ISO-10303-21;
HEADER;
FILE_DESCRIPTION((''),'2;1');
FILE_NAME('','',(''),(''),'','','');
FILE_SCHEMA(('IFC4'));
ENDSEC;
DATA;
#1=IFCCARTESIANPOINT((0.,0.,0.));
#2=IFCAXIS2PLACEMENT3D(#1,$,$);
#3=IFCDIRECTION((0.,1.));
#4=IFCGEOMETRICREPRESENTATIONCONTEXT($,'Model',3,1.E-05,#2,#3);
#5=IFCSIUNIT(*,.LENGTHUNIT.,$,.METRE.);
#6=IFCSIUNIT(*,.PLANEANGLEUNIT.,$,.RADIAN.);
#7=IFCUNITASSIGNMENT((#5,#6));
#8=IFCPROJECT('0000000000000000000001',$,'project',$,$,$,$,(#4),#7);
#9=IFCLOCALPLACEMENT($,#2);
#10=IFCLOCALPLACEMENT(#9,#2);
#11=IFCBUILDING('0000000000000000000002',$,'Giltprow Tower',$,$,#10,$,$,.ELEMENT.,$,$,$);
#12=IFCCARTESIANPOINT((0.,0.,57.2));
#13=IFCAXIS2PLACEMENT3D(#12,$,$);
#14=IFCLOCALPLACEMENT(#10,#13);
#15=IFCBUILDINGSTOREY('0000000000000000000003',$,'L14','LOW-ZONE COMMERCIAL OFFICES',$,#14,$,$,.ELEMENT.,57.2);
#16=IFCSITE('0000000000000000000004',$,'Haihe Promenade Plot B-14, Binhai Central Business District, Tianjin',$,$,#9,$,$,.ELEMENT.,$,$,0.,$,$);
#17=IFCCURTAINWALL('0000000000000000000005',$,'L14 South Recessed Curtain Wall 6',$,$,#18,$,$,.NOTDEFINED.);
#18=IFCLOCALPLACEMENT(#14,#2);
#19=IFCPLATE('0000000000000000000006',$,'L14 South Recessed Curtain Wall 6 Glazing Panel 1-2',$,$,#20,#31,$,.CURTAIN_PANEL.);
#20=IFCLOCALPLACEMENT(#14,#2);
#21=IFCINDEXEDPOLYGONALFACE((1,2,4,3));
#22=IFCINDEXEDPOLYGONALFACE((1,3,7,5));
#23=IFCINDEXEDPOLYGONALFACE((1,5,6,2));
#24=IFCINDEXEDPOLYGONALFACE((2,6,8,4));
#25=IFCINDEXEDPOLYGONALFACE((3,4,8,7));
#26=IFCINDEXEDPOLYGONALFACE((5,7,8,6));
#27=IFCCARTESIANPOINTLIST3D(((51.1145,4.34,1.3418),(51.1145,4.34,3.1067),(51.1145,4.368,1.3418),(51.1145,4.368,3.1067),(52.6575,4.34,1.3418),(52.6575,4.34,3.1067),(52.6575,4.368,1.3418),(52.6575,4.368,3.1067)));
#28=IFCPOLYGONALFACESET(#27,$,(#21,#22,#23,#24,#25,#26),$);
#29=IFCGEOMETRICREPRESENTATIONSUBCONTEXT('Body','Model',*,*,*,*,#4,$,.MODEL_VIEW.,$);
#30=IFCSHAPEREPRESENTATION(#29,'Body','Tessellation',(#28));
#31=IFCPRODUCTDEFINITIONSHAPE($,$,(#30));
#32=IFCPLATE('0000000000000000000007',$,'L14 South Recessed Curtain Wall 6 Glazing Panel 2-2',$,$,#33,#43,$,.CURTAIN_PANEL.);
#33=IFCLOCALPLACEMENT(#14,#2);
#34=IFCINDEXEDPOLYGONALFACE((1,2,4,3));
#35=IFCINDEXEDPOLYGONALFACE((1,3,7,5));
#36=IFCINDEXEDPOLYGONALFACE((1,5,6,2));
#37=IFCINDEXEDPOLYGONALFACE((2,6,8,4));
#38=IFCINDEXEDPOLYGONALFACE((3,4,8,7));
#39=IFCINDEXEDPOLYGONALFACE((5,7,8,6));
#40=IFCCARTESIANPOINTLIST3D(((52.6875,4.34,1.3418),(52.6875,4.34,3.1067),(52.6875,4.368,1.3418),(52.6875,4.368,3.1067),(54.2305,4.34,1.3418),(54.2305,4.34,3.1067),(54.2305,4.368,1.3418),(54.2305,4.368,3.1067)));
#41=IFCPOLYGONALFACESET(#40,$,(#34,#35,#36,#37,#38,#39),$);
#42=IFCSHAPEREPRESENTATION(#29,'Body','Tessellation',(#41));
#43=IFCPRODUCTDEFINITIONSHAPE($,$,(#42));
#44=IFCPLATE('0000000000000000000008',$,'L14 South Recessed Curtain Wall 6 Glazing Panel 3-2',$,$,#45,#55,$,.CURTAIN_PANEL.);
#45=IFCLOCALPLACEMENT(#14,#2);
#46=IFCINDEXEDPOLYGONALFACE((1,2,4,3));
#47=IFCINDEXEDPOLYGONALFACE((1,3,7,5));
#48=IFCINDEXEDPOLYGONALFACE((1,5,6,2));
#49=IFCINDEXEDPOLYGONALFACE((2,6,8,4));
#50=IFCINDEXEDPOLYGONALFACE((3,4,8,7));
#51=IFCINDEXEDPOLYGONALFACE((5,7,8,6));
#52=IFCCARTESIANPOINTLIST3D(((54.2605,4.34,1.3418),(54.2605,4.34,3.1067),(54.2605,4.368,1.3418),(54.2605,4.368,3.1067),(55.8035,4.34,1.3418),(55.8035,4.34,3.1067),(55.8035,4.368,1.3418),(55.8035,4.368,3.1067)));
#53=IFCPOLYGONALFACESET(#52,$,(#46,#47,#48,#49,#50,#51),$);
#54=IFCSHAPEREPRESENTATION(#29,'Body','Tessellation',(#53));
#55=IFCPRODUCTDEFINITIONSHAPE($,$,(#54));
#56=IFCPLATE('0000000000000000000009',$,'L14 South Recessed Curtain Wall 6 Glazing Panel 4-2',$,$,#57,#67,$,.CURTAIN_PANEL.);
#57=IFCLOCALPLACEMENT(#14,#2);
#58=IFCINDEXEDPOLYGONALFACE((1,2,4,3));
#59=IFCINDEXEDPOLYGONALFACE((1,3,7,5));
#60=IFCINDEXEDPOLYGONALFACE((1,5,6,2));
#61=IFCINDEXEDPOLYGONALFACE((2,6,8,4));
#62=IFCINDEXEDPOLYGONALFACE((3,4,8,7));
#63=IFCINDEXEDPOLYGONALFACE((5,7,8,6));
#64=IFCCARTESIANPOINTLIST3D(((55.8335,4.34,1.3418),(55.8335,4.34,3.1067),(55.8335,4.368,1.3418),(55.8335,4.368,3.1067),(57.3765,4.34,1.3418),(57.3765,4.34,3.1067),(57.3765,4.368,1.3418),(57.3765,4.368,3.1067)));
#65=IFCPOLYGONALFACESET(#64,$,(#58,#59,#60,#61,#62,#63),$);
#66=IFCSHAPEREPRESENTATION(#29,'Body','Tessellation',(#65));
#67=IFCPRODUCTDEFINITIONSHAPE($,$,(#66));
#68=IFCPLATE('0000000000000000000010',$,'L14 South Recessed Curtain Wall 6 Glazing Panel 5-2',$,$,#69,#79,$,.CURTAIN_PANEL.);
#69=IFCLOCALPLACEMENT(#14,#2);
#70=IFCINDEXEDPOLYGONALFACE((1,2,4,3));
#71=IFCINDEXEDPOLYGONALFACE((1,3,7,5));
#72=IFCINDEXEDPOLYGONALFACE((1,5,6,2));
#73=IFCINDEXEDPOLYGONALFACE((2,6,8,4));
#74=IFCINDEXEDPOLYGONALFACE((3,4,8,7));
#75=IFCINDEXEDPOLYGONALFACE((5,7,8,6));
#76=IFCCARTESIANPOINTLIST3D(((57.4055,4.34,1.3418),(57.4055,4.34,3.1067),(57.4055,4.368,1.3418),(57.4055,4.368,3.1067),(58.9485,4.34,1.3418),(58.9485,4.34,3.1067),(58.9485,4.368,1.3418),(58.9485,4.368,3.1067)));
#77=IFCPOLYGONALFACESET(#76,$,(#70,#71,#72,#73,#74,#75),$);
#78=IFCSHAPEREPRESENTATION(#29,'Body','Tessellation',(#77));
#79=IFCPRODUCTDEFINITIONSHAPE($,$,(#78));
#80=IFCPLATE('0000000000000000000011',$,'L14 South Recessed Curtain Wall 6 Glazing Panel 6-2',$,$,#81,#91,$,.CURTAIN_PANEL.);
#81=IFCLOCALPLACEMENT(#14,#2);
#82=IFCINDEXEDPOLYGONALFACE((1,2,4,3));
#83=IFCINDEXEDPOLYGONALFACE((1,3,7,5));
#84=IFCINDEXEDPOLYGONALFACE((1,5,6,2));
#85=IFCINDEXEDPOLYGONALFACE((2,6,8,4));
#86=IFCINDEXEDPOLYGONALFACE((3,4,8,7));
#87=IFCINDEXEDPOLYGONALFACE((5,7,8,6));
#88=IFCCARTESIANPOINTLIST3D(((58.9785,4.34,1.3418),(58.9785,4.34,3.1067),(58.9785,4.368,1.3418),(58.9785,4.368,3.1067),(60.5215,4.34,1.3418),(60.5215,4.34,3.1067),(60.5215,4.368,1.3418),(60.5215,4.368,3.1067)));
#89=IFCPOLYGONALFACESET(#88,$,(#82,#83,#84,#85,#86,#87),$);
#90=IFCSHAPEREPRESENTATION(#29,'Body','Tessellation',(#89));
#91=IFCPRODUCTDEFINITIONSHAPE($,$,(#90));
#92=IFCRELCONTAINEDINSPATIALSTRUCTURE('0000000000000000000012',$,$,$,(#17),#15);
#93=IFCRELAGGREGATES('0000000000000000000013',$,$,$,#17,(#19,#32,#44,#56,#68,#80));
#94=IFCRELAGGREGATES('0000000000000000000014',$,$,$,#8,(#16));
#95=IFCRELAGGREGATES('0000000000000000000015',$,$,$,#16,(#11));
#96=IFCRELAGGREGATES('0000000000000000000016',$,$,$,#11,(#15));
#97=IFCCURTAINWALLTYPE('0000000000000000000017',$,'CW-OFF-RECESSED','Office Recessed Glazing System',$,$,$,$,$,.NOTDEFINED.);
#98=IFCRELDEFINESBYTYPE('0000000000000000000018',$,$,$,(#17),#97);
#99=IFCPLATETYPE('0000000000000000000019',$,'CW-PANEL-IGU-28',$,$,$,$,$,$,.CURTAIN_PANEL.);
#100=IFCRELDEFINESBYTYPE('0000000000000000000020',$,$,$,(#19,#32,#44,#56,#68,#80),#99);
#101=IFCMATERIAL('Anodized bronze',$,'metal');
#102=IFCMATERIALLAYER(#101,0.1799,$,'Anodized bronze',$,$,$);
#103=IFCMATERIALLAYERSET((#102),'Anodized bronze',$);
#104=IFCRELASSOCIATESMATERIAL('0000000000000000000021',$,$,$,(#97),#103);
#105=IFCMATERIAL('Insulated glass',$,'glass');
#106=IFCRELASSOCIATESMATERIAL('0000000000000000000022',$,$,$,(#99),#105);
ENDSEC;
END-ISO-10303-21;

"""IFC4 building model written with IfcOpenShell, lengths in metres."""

from ifc_helpers import new_model, si_unit, direction, frame, origin, origin_2d, place, context, subcontext, project, spatial, rectangle, extrude, source, transform, mapped, material, layer, layer_set, type_object, element, aggregate, save


model = new_model("IFC4")

# Units and contexts
model_context = context("Model", 3, precision=1e-05, world=origin(), true_north=direction((0.0, 1.0)))
body_context = subcontext(model_context, "Body", "Model", "MODEL_VIEW")
ifc_project = project(units=[si_unit("LENGTHUNIT", "METRE"), si_unit("PLANEANGLEUNIT", "RADIAN")], contexts=[model_context])

# Site, building, storey
site_placement = place(None, origin())
site = spatial("IfcSite", under=ifc_project, at=site_placement, Name="Haihe Promenade Plot B-14, Binhai Central Business District, Tianjin", CompositionType="ELEMENT", RefElevation=0.0)
building_placement = place(site_placement, origin())
building = spatial("IfcBuilding", under=site, at=building_placement, Name="Giltprow Tower", CompositionType="ELEMENT")
storey_placement = place(building_placement, frame((0.0, 0.0, 57.2)))
storey = spatial("IfcBuildingStorey", under=building, at=storey_placement, Name="L14", Description="LOW-ZONE COMMERCIAL OFFICES", CompositionType="ELEMENT", Elevation=57.2)

# Curtain wall, plates
ifc_material_1 = material(Name="Anodized bronze", Category="metal")
ifc_layer = layer(ifc_material_1, 0.1799, Name="Anodized bronze")
ifc_layer_set = layer_set([ifc_layer], Name="Anodized bronze")
curtain_wall_type = type_object("IfcCurtainWallType", Name="CW-OFF-RECESSED", Description="Office Recessed Glazing System", PredefinedType="NOTDEFINED", material=ifc_layer_set)
curtain_wall_placement = place(storey_placement, origin())
curtain_wall = element("IfcCurtainWall", 1, at=curtain_wall_placement, inside=storey, type_object=curtain_wall_type, Name="L14 South Recessed Curtain Wall 6", PredefinedType="NOTDEFINED")
ifc_material_2 = material(Name="Insulated glass", Category="glass")
plate_type = type_object("IfcPlateType", Name="CW-PANEL-IGU-28", PredefinedType="CURTAIN_PANEL", material=ifc_material_2)
shared_shape_1 = source(origin(), body_context, "Body", "SweptSolid", [
    extrude(rectangle(XDim=1.543, YDim=0.0281, at=origin_2d()), origin(), (0.0, 0.0, 1.0), 1.7649),
])
plate_1_placement = place(storey_placement, frame((51.886, 4.354, 1.3418), z_axis=(0.0, 0.0, 1.0), x_axis=(1.0, 0.0, 0.0)))
plate_1 = element("IfcPlate", 2, at=plate_1_placement, type_object=plate_type, Name="L14 South Recessed Curtain Wall 6 Glazing Panel 1-2", PredefinedType="CURTAIN_PANEL", context=body_context, shape_type="MappedRepresentation", body=[
    mapped(shared_shape_1, transform((0.0, 0.0, 0.0), x_axis=(1.0, 0.0, 0.0), y_axis=(0.0, 1.0, 0.0), z_axis=(0.0, 0.0, 1.0), scale=1.0)),
])
plate_2_placement = place(storey_placement, frame((53.459, 4.354, 1.3418), z_axis=(0.0, 0.0, 1.0), x_axis=(1.0, 0.0, 0.0)))
plate_2 = element("IfcPlate", 3, at=plate_2_placement, type_object=plate_type, Name="L14 South Recessed Curtain Wall 6 Glazing Panel 2-2", PredefinedType="CURTAIN_PANEL", context=body_context, shape_type="MappedRepresentation", body=[
    mapped(shared_shape_1, transform((0.0, 0.0, 0.0), x_axis=(1.0, 0.0, 0.0), y_axis=(0.0, 1.0, 0.0), z_axis=(0.0, 0.0, 1.0), scale=1.0)),
])
plate_3_placement = place(storey_placement, frame((55.032, 4.354, 1.3418), z_axis=(0.0, 0.0, 1.0), x_axis=(1.0, 0.0, 0.0)))
plate_3 = element("IfcPlate", 4, at=plate_3_placement, type_object=plate_type, Name="L14 South Recessed Curtain Wall 6 Glazing Panel 3-2", PredefinedType="CURTAIN_PANEL", context=body_context, shape_type="MappedRepresentation", body=[
    mapped(shared_shape_1, transform((0.0, 0.0, 0.0), x_axis=(1.0, 0.0, 0.0), y_axis=(0.0, 1.0, 0.0), z_axis=(0.0, 0.0, 1.0), scale=1.0)),
])
plate_4_placement = place(storey_placement, frame((56.605, 4.354, 1.3418), z_axis=(0.0, 0.0, 1.0), x_axis=(1.0, 0.0, 0.0)))
plate_4 = element("IfcPlate", 5, at=plate_4_placement, type_object=plate_type, Name="L14 South Recessed Curtain Wall 6 Glazing Panel 4-2", PredefinedType="CURTAIN_PANEL", context=body_context, shape_type="MappedRepresentation", body=[
    mapped(shared_shape_1, transform((0.0, 0.0, 0.0), x_axis=(1.0, 0.0, 0.0), y_axis=(0.0, 1.0, 0.0), z_axis=(0.0, 0.0, 1.0), scale=1.0)),
])
plate_5_placement = place(storey_placement, frame((58.177, 4.354, 1.3418), z_axis=(0.0, 0.0, 1.0), x_axis=(1.0, 0.0, 0.0)))
plate_5 = element("IfcPlate", 6, at=plate_5_placement, type_object=plate_type, Name="L14 South Recessed Curtain Wall 6 Glazing Panel 5-2", PredefinedType="CURTAIN_PANEL", context=body_context, shape_type="MappedRepresentation", body=[
    mapped(shared_shape_1, transform((0.0, 0.0, 0.0), x_axis=(1.0, 0.0, 0.0), y_axis=(0.0, 1.0, 0.0), z_axis=(0.0, 0.0, 1.0), scale=1.0)),
])
plate_6_placement = place(storey_placement, frame((59.75, 4.354, 1.3418), z_axis=(0.0, 0.0, 1.0), x_axis=(1.0, 0.0, 0.0)))
plate_6 = element("IfcPlate", 7, at=plate_6_placement, type_object=plate_type, Name="L14 South Recessed Curtain Wall 6 Glazing Panel 6-2", PredefinedType="CURTAIN_PANEL", context=body_context, shape_type="MappedRepresentation", body=[
    mapped(shared_shape_1, transform((0.0, 0.0, 0.0), x_axis=(1.0, 0.0, 0.0), y_axis=(0.0, 1.0, 0.0), z_axis=(0.0, 0.0, 1.0), scale=1.0)),
])
aggregate(curtain_wall, [plate_1, plate_2, plate_3, plate_4, plate_5, plate_6])

save(model, "model.ifc")
